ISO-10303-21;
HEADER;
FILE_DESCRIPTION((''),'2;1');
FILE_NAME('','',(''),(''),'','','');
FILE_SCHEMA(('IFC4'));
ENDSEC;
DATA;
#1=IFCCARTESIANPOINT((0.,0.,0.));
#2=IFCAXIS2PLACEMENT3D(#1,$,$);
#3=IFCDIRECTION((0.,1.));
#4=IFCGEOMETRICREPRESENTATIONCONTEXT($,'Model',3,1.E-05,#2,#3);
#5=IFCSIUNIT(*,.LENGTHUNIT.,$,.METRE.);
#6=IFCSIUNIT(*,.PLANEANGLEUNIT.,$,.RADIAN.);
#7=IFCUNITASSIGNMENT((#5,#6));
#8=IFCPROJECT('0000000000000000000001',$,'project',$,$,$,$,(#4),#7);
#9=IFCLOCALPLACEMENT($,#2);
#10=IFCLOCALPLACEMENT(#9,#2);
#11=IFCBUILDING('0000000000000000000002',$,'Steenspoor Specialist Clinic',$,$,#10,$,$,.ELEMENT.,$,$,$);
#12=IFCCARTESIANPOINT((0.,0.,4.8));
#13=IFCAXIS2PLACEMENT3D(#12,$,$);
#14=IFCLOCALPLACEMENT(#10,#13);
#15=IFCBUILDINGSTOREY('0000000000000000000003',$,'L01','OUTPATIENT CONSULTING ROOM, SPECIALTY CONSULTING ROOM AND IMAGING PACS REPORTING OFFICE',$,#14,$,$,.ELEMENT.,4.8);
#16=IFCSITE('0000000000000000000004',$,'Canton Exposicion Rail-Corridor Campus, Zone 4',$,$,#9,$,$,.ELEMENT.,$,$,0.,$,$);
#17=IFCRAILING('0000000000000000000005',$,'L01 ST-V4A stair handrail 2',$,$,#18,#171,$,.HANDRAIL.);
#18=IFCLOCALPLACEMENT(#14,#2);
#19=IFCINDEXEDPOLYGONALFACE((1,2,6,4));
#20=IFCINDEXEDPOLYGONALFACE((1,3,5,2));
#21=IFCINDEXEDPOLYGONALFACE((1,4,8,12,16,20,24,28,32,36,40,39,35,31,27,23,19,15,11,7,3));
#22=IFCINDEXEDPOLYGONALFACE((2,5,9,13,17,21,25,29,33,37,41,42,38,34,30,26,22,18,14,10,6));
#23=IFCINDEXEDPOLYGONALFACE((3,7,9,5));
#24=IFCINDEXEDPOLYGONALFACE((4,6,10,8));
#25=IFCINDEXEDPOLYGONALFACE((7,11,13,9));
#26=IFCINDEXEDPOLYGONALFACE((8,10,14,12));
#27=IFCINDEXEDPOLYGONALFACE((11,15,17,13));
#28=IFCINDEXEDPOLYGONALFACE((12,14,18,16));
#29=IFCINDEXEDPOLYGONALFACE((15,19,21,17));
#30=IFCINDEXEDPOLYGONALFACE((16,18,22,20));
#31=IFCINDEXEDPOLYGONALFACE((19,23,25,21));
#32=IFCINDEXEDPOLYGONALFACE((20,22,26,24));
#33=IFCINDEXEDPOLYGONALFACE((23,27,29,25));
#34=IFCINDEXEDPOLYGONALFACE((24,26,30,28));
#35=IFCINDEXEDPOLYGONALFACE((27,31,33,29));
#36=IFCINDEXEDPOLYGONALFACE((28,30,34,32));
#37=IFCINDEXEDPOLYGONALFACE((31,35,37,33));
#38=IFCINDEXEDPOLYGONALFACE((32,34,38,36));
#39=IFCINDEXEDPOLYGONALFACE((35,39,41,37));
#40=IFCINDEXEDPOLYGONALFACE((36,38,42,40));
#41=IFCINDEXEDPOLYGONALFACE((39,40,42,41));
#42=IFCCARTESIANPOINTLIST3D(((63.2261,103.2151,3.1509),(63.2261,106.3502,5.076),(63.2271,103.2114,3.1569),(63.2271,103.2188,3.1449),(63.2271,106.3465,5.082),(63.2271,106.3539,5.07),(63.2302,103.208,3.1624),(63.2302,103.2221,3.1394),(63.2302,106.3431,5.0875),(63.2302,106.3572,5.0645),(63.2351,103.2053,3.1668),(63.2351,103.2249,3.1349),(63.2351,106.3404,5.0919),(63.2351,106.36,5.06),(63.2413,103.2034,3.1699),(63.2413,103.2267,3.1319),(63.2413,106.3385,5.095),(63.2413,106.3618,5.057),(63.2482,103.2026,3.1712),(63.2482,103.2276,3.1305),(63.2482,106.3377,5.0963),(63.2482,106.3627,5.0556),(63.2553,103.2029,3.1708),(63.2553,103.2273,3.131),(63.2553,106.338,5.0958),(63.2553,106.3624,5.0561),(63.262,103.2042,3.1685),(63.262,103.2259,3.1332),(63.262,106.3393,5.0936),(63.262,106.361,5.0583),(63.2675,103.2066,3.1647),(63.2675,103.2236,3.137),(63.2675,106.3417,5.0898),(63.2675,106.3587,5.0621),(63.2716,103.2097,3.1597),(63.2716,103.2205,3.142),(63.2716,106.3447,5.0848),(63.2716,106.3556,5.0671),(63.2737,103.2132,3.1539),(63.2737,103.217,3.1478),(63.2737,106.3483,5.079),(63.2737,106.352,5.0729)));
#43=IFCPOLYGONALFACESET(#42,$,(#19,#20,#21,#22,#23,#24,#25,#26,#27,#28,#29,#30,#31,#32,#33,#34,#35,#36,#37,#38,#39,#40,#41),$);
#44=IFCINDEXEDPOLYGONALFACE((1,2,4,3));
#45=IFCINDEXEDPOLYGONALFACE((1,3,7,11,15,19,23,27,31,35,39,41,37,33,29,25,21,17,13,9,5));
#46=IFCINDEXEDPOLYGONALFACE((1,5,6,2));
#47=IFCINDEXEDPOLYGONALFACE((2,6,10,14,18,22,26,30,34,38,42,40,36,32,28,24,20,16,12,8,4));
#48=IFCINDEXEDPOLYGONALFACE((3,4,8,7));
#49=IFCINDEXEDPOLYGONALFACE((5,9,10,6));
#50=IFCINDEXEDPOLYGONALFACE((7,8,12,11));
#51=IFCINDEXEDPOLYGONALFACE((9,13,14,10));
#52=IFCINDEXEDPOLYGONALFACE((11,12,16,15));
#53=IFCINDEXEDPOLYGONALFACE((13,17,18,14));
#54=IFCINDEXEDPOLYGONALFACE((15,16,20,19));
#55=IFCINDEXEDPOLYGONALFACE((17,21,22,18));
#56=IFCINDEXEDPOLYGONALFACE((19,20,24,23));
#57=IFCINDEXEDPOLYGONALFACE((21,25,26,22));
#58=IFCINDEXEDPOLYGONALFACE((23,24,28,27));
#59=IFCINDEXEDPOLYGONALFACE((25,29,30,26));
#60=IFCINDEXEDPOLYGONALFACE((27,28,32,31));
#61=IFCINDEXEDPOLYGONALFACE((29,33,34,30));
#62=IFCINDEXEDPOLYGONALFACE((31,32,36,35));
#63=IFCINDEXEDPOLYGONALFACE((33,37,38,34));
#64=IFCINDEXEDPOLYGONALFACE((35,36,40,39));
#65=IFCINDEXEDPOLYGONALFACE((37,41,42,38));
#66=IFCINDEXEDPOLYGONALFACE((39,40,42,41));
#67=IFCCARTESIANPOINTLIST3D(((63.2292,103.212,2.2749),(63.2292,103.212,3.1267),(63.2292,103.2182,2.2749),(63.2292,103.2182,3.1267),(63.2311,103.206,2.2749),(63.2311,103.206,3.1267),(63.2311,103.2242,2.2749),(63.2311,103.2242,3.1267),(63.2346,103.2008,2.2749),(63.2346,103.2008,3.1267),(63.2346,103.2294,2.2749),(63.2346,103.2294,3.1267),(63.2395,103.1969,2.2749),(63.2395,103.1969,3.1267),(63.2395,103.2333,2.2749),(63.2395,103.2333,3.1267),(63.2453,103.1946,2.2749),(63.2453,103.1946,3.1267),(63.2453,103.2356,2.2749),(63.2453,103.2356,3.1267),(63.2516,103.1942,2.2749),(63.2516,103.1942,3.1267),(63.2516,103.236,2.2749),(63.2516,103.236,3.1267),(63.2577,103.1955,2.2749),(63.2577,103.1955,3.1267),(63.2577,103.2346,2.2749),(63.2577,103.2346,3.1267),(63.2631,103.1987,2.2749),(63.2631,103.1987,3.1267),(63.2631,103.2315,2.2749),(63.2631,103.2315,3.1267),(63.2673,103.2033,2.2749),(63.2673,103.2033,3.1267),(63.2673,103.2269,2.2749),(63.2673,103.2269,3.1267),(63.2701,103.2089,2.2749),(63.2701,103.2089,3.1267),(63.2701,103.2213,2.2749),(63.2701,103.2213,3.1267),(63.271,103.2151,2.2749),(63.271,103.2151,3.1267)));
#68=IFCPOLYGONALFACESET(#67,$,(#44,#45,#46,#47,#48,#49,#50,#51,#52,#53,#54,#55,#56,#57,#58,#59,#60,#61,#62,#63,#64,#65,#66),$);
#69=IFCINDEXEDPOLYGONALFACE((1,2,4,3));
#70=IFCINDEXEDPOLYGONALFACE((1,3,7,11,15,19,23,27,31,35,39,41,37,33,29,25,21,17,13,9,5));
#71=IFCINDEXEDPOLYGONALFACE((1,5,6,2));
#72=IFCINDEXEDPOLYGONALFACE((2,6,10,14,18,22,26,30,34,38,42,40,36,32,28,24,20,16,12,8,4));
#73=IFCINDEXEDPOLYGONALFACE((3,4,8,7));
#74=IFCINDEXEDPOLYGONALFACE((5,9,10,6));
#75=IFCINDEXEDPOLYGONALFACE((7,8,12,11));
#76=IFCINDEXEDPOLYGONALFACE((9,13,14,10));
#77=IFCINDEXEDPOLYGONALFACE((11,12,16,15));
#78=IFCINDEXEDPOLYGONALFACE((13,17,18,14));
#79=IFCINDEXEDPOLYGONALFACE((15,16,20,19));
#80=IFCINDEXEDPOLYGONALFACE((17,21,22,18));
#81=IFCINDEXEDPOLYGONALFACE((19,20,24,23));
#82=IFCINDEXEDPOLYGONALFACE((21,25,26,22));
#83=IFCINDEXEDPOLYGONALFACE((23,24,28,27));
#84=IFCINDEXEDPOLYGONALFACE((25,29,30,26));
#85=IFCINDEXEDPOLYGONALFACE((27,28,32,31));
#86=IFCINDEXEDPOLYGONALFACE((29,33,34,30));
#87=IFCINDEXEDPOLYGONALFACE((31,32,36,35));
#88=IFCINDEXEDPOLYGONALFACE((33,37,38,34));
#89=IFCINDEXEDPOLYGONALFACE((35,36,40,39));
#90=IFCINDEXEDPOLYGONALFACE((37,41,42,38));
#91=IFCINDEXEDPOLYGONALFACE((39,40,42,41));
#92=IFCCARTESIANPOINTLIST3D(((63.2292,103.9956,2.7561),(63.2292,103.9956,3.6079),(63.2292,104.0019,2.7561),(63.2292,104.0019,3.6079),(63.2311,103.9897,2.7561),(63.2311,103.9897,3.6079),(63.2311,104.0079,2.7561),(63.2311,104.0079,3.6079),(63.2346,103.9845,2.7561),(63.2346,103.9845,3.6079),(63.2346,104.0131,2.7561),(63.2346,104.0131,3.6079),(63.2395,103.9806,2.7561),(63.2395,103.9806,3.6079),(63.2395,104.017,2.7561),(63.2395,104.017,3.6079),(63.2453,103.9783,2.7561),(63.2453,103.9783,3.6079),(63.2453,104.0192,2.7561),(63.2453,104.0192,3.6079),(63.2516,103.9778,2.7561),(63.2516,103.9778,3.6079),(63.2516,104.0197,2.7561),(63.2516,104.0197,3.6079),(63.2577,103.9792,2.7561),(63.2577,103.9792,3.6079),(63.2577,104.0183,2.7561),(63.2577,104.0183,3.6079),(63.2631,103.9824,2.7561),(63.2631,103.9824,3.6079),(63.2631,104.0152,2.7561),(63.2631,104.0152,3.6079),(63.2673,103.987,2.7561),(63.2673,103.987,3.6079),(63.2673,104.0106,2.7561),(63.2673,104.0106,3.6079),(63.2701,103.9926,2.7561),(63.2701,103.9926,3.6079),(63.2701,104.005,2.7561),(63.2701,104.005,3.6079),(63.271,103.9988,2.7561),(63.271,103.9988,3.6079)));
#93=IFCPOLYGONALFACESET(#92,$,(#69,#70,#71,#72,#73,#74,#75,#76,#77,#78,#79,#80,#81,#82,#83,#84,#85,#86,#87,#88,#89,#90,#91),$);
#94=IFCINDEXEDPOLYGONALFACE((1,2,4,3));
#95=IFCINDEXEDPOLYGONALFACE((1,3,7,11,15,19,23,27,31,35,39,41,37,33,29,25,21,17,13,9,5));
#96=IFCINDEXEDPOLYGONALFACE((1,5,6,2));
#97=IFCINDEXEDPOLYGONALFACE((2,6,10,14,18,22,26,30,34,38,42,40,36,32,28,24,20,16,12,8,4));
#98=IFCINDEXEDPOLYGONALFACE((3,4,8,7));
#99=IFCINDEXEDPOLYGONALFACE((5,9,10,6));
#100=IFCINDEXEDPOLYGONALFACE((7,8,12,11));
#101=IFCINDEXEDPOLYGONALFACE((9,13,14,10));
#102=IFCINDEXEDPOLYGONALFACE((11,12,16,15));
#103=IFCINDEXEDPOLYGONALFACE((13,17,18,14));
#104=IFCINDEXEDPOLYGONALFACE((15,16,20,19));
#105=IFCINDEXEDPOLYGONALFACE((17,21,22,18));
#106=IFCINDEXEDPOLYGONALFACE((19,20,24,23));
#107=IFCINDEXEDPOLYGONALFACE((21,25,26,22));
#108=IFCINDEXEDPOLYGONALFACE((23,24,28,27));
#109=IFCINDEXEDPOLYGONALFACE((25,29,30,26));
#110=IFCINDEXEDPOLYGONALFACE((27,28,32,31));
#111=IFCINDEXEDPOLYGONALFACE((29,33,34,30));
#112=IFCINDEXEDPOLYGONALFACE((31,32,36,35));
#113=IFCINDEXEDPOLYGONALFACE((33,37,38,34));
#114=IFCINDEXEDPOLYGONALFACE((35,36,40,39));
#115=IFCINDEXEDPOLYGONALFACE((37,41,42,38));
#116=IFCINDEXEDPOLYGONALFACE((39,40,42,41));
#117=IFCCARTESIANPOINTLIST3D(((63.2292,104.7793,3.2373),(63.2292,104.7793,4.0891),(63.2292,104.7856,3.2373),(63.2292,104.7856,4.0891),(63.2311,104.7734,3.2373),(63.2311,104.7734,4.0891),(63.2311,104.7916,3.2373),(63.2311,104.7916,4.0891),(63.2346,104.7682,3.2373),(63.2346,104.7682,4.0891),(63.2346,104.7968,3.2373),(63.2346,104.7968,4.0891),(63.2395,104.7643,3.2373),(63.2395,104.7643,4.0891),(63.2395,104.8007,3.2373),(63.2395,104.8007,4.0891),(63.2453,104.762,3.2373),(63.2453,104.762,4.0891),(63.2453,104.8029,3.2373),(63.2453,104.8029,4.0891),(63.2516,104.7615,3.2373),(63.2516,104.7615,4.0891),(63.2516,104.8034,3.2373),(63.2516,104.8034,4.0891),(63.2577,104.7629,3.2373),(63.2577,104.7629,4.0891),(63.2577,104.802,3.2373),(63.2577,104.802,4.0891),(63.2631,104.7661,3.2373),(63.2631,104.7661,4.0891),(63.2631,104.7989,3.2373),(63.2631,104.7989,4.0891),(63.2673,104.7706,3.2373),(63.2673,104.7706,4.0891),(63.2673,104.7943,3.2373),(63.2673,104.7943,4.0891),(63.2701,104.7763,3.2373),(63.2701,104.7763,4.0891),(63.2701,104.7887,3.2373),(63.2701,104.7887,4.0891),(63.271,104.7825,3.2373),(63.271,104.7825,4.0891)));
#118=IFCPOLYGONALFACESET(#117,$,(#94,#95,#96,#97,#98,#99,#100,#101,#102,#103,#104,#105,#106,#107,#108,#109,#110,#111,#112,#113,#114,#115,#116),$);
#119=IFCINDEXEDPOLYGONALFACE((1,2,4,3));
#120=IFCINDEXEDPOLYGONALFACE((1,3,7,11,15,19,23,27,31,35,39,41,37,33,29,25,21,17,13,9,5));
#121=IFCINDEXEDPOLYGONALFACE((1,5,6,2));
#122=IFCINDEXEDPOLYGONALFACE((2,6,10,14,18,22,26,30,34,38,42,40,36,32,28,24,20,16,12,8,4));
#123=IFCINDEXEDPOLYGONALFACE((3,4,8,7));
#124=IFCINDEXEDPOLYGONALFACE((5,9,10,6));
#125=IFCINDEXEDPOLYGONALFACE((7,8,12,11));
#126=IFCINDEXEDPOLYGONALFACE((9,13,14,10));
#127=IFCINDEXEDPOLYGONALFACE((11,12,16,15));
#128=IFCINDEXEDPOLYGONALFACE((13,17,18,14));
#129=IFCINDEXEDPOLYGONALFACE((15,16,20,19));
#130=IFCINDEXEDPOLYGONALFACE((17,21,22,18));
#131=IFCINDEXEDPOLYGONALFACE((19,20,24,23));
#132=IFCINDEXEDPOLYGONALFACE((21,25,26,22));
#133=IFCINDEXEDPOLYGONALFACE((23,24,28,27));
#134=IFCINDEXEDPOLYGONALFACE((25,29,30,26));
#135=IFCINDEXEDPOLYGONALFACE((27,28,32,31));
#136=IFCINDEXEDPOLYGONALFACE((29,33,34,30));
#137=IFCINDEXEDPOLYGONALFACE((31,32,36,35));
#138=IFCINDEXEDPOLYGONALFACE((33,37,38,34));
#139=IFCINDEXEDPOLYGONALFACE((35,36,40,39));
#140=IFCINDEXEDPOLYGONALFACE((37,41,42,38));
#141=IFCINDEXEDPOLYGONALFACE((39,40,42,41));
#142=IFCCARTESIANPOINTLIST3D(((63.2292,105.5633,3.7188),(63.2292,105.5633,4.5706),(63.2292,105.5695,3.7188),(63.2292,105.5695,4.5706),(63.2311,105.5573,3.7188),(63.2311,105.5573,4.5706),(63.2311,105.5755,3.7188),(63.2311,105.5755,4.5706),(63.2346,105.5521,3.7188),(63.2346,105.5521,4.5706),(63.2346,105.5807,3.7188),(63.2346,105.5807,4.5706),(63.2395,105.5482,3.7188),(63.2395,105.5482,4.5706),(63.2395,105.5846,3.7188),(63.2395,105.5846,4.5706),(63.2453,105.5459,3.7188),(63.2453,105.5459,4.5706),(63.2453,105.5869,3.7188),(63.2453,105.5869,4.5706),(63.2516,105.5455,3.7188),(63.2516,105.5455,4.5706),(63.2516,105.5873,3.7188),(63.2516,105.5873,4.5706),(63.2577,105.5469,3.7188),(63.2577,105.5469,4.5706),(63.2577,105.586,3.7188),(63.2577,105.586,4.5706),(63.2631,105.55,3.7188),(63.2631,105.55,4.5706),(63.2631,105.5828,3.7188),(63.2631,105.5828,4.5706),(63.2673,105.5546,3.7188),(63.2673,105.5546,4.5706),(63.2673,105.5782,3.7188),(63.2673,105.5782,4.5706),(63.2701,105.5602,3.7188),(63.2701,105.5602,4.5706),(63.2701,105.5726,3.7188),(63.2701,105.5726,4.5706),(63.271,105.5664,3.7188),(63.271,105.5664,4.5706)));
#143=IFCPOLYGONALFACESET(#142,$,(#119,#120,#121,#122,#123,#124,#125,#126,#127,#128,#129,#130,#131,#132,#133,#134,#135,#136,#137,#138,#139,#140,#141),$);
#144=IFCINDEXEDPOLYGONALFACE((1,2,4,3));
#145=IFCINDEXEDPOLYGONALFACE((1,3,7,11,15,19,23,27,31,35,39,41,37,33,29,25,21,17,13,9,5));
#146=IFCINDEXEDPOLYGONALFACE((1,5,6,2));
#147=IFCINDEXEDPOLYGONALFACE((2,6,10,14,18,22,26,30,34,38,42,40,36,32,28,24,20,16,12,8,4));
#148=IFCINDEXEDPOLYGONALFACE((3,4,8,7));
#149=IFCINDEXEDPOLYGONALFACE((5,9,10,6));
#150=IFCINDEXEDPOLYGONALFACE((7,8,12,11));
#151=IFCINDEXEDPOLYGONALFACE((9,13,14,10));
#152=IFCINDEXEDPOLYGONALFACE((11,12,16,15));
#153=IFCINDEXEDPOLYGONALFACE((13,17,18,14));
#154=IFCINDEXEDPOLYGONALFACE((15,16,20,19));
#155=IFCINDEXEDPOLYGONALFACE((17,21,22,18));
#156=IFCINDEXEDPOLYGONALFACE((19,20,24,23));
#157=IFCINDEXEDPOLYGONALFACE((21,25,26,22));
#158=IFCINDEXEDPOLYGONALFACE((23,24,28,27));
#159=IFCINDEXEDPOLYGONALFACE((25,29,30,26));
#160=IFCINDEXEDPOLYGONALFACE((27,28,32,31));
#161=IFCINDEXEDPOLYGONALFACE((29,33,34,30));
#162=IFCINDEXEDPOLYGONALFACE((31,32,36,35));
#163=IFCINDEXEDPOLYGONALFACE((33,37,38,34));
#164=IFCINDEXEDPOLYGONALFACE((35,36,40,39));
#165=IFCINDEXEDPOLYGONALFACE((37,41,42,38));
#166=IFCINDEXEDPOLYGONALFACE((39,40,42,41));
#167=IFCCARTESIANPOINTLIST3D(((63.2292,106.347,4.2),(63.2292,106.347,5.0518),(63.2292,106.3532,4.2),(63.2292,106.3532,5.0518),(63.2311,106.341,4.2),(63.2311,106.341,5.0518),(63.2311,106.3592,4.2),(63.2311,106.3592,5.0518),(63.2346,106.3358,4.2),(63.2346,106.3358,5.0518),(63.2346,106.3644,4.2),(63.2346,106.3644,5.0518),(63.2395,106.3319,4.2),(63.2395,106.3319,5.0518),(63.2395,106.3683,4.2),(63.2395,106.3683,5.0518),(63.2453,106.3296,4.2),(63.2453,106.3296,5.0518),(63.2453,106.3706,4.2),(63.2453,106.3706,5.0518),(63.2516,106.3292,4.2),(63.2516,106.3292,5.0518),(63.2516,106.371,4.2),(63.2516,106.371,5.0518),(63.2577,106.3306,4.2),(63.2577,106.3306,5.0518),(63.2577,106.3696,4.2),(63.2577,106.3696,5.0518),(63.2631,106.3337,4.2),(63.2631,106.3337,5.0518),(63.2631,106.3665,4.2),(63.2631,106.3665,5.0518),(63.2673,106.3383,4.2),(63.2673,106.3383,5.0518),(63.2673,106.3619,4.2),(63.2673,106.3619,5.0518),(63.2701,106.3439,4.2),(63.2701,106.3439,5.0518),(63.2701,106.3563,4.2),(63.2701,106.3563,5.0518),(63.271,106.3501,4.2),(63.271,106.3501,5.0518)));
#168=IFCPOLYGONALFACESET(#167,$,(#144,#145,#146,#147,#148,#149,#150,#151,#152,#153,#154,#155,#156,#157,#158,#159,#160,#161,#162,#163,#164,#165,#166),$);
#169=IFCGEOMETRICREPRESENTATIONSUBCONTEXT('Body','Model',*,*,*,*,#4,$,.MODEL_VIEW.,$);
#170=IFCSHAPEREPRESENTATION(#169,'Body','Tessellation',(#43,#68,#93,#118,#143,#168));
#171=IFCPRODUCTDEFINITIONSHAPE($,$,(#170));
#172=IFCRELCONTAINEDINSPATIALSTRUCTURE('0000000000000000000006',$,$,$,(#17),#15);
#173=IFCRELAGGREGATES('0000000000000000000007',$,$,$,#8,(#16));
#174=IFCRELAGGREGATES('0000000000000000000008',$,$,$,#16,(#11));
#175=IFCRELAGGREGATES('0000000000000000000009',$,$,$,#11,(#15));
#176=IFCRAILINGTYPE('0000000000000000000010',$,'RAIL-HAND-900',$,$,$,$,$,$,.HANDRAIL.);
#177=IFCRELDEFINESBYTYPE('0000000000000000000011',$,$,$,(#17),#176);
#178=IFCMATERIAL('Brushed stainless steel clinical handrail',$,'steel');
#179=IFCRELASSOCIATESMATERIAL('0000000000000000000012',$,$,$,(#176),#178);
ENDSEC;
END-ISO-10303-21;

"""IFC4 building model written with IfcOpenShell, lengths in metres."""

from ifc_helpers import new_model, si_unit, direction, frame, origin, origin_2d, place, context, subcontext, project, spatial, circle, extrude, material, type_object, element, save


model = new_model("IFC4")

# Units and contexts
model_context = context("Model", 3, precision=1e-05, world=origin(), true_north=direction((0.0, 1.0)))
body_context = subcontext(model_context, "Body", "Model", "MODEL_VIEW")
ifc_project = project(units=[si_unit("LENGTHUNIT", "METRE"), si_unit("PLANEANGLEUNIT", "RADIAN")], contexts=[model_context])

# Site, building, storey
site_placement = place(None, origin())
site = spatial("IfcSite", under=ifc_project, at=site_placement, Name="Canton Exposicion Rail-Corridor Campus, Zone 4", CompositionType="ELEMENT", RefElevation=0.0)
building_placement = place(site_placement, origin())
building = spatial("IfcBuilding", under=site, at=building_placement, Name="Steenspoor Specialist Clinic", CompositionType="ELEMENT")
storey_placement = place(building_placement, frame((0.0, 0.0, 4.8)))
storey = spatial("IfcBuildingStorey", under=building, at=storey_placement, Name="L01", Description="OUTPATIENT CONSULTING ROOM, SPECIALTY CONSULTING ROOM AND IMAGING PACS REPORTING OFFICE", CompositionType="ELEMENT", Elevation=4.8)

# Railing
ifc_material_1 = material(Name="Brushed stainless steel clinical handrail", Category="steel")
railing_type_1 = type_object("IfcRailingType", Name="RAIL-HAND-900", PredefinedType="HANDRAIL", material=ifc_material_1)
railing_1_placement = place(storey_placement, frame((63.25, 103.2151, 2.2749)))
element("IfcRailing", 1, at=railing_1_placement, inside=storey, type_object=railing_type_1, Name="L01 ST-V4A stair handrail 2", PredefinedType="HANDRAIL", context=body_context, shape_type="SweptSolid", body=[
    extrude(circle(Radius=0.0239, at=origin_2d()), frame((0.0, 0.0, 0.876), z_axis=(0.0, 0.852166, 0.523271), x_axis=(-1.0, 0.0, 0.0)), (0.0, 0.0, 1.0), 3.679),
    extrude(circle(Radius=0.021, at=origin_2d()), origin(), (0.0, 0.0, 1.0), 0.8518),
    extrude(circle(Radius=0.021, at=origin_2d()), frame((0.0, 0.7837, 0.4812)), (0.0, 0.0, 1.0), 0.8518),
    extrude(circle(Radius=0.021, at=origin_2d()), frame((0.0, 1.5674, 0.9624)), (0.0, 0.0, 1.0), 0.8518),
    extrude(circle(Radius=0.021, at=origin_2d()), frame((0.0, 2.3513, 1.4438)), (0.0, 0.0, 1.0), 0.8518),
    extrude(circle(Radius=0.021, at=origin_2d()), frame((0.0, 3.135, 1.925)), (0.0, 0.0, 1.0), 0.8518),
])

save(model, "model.ifc")
